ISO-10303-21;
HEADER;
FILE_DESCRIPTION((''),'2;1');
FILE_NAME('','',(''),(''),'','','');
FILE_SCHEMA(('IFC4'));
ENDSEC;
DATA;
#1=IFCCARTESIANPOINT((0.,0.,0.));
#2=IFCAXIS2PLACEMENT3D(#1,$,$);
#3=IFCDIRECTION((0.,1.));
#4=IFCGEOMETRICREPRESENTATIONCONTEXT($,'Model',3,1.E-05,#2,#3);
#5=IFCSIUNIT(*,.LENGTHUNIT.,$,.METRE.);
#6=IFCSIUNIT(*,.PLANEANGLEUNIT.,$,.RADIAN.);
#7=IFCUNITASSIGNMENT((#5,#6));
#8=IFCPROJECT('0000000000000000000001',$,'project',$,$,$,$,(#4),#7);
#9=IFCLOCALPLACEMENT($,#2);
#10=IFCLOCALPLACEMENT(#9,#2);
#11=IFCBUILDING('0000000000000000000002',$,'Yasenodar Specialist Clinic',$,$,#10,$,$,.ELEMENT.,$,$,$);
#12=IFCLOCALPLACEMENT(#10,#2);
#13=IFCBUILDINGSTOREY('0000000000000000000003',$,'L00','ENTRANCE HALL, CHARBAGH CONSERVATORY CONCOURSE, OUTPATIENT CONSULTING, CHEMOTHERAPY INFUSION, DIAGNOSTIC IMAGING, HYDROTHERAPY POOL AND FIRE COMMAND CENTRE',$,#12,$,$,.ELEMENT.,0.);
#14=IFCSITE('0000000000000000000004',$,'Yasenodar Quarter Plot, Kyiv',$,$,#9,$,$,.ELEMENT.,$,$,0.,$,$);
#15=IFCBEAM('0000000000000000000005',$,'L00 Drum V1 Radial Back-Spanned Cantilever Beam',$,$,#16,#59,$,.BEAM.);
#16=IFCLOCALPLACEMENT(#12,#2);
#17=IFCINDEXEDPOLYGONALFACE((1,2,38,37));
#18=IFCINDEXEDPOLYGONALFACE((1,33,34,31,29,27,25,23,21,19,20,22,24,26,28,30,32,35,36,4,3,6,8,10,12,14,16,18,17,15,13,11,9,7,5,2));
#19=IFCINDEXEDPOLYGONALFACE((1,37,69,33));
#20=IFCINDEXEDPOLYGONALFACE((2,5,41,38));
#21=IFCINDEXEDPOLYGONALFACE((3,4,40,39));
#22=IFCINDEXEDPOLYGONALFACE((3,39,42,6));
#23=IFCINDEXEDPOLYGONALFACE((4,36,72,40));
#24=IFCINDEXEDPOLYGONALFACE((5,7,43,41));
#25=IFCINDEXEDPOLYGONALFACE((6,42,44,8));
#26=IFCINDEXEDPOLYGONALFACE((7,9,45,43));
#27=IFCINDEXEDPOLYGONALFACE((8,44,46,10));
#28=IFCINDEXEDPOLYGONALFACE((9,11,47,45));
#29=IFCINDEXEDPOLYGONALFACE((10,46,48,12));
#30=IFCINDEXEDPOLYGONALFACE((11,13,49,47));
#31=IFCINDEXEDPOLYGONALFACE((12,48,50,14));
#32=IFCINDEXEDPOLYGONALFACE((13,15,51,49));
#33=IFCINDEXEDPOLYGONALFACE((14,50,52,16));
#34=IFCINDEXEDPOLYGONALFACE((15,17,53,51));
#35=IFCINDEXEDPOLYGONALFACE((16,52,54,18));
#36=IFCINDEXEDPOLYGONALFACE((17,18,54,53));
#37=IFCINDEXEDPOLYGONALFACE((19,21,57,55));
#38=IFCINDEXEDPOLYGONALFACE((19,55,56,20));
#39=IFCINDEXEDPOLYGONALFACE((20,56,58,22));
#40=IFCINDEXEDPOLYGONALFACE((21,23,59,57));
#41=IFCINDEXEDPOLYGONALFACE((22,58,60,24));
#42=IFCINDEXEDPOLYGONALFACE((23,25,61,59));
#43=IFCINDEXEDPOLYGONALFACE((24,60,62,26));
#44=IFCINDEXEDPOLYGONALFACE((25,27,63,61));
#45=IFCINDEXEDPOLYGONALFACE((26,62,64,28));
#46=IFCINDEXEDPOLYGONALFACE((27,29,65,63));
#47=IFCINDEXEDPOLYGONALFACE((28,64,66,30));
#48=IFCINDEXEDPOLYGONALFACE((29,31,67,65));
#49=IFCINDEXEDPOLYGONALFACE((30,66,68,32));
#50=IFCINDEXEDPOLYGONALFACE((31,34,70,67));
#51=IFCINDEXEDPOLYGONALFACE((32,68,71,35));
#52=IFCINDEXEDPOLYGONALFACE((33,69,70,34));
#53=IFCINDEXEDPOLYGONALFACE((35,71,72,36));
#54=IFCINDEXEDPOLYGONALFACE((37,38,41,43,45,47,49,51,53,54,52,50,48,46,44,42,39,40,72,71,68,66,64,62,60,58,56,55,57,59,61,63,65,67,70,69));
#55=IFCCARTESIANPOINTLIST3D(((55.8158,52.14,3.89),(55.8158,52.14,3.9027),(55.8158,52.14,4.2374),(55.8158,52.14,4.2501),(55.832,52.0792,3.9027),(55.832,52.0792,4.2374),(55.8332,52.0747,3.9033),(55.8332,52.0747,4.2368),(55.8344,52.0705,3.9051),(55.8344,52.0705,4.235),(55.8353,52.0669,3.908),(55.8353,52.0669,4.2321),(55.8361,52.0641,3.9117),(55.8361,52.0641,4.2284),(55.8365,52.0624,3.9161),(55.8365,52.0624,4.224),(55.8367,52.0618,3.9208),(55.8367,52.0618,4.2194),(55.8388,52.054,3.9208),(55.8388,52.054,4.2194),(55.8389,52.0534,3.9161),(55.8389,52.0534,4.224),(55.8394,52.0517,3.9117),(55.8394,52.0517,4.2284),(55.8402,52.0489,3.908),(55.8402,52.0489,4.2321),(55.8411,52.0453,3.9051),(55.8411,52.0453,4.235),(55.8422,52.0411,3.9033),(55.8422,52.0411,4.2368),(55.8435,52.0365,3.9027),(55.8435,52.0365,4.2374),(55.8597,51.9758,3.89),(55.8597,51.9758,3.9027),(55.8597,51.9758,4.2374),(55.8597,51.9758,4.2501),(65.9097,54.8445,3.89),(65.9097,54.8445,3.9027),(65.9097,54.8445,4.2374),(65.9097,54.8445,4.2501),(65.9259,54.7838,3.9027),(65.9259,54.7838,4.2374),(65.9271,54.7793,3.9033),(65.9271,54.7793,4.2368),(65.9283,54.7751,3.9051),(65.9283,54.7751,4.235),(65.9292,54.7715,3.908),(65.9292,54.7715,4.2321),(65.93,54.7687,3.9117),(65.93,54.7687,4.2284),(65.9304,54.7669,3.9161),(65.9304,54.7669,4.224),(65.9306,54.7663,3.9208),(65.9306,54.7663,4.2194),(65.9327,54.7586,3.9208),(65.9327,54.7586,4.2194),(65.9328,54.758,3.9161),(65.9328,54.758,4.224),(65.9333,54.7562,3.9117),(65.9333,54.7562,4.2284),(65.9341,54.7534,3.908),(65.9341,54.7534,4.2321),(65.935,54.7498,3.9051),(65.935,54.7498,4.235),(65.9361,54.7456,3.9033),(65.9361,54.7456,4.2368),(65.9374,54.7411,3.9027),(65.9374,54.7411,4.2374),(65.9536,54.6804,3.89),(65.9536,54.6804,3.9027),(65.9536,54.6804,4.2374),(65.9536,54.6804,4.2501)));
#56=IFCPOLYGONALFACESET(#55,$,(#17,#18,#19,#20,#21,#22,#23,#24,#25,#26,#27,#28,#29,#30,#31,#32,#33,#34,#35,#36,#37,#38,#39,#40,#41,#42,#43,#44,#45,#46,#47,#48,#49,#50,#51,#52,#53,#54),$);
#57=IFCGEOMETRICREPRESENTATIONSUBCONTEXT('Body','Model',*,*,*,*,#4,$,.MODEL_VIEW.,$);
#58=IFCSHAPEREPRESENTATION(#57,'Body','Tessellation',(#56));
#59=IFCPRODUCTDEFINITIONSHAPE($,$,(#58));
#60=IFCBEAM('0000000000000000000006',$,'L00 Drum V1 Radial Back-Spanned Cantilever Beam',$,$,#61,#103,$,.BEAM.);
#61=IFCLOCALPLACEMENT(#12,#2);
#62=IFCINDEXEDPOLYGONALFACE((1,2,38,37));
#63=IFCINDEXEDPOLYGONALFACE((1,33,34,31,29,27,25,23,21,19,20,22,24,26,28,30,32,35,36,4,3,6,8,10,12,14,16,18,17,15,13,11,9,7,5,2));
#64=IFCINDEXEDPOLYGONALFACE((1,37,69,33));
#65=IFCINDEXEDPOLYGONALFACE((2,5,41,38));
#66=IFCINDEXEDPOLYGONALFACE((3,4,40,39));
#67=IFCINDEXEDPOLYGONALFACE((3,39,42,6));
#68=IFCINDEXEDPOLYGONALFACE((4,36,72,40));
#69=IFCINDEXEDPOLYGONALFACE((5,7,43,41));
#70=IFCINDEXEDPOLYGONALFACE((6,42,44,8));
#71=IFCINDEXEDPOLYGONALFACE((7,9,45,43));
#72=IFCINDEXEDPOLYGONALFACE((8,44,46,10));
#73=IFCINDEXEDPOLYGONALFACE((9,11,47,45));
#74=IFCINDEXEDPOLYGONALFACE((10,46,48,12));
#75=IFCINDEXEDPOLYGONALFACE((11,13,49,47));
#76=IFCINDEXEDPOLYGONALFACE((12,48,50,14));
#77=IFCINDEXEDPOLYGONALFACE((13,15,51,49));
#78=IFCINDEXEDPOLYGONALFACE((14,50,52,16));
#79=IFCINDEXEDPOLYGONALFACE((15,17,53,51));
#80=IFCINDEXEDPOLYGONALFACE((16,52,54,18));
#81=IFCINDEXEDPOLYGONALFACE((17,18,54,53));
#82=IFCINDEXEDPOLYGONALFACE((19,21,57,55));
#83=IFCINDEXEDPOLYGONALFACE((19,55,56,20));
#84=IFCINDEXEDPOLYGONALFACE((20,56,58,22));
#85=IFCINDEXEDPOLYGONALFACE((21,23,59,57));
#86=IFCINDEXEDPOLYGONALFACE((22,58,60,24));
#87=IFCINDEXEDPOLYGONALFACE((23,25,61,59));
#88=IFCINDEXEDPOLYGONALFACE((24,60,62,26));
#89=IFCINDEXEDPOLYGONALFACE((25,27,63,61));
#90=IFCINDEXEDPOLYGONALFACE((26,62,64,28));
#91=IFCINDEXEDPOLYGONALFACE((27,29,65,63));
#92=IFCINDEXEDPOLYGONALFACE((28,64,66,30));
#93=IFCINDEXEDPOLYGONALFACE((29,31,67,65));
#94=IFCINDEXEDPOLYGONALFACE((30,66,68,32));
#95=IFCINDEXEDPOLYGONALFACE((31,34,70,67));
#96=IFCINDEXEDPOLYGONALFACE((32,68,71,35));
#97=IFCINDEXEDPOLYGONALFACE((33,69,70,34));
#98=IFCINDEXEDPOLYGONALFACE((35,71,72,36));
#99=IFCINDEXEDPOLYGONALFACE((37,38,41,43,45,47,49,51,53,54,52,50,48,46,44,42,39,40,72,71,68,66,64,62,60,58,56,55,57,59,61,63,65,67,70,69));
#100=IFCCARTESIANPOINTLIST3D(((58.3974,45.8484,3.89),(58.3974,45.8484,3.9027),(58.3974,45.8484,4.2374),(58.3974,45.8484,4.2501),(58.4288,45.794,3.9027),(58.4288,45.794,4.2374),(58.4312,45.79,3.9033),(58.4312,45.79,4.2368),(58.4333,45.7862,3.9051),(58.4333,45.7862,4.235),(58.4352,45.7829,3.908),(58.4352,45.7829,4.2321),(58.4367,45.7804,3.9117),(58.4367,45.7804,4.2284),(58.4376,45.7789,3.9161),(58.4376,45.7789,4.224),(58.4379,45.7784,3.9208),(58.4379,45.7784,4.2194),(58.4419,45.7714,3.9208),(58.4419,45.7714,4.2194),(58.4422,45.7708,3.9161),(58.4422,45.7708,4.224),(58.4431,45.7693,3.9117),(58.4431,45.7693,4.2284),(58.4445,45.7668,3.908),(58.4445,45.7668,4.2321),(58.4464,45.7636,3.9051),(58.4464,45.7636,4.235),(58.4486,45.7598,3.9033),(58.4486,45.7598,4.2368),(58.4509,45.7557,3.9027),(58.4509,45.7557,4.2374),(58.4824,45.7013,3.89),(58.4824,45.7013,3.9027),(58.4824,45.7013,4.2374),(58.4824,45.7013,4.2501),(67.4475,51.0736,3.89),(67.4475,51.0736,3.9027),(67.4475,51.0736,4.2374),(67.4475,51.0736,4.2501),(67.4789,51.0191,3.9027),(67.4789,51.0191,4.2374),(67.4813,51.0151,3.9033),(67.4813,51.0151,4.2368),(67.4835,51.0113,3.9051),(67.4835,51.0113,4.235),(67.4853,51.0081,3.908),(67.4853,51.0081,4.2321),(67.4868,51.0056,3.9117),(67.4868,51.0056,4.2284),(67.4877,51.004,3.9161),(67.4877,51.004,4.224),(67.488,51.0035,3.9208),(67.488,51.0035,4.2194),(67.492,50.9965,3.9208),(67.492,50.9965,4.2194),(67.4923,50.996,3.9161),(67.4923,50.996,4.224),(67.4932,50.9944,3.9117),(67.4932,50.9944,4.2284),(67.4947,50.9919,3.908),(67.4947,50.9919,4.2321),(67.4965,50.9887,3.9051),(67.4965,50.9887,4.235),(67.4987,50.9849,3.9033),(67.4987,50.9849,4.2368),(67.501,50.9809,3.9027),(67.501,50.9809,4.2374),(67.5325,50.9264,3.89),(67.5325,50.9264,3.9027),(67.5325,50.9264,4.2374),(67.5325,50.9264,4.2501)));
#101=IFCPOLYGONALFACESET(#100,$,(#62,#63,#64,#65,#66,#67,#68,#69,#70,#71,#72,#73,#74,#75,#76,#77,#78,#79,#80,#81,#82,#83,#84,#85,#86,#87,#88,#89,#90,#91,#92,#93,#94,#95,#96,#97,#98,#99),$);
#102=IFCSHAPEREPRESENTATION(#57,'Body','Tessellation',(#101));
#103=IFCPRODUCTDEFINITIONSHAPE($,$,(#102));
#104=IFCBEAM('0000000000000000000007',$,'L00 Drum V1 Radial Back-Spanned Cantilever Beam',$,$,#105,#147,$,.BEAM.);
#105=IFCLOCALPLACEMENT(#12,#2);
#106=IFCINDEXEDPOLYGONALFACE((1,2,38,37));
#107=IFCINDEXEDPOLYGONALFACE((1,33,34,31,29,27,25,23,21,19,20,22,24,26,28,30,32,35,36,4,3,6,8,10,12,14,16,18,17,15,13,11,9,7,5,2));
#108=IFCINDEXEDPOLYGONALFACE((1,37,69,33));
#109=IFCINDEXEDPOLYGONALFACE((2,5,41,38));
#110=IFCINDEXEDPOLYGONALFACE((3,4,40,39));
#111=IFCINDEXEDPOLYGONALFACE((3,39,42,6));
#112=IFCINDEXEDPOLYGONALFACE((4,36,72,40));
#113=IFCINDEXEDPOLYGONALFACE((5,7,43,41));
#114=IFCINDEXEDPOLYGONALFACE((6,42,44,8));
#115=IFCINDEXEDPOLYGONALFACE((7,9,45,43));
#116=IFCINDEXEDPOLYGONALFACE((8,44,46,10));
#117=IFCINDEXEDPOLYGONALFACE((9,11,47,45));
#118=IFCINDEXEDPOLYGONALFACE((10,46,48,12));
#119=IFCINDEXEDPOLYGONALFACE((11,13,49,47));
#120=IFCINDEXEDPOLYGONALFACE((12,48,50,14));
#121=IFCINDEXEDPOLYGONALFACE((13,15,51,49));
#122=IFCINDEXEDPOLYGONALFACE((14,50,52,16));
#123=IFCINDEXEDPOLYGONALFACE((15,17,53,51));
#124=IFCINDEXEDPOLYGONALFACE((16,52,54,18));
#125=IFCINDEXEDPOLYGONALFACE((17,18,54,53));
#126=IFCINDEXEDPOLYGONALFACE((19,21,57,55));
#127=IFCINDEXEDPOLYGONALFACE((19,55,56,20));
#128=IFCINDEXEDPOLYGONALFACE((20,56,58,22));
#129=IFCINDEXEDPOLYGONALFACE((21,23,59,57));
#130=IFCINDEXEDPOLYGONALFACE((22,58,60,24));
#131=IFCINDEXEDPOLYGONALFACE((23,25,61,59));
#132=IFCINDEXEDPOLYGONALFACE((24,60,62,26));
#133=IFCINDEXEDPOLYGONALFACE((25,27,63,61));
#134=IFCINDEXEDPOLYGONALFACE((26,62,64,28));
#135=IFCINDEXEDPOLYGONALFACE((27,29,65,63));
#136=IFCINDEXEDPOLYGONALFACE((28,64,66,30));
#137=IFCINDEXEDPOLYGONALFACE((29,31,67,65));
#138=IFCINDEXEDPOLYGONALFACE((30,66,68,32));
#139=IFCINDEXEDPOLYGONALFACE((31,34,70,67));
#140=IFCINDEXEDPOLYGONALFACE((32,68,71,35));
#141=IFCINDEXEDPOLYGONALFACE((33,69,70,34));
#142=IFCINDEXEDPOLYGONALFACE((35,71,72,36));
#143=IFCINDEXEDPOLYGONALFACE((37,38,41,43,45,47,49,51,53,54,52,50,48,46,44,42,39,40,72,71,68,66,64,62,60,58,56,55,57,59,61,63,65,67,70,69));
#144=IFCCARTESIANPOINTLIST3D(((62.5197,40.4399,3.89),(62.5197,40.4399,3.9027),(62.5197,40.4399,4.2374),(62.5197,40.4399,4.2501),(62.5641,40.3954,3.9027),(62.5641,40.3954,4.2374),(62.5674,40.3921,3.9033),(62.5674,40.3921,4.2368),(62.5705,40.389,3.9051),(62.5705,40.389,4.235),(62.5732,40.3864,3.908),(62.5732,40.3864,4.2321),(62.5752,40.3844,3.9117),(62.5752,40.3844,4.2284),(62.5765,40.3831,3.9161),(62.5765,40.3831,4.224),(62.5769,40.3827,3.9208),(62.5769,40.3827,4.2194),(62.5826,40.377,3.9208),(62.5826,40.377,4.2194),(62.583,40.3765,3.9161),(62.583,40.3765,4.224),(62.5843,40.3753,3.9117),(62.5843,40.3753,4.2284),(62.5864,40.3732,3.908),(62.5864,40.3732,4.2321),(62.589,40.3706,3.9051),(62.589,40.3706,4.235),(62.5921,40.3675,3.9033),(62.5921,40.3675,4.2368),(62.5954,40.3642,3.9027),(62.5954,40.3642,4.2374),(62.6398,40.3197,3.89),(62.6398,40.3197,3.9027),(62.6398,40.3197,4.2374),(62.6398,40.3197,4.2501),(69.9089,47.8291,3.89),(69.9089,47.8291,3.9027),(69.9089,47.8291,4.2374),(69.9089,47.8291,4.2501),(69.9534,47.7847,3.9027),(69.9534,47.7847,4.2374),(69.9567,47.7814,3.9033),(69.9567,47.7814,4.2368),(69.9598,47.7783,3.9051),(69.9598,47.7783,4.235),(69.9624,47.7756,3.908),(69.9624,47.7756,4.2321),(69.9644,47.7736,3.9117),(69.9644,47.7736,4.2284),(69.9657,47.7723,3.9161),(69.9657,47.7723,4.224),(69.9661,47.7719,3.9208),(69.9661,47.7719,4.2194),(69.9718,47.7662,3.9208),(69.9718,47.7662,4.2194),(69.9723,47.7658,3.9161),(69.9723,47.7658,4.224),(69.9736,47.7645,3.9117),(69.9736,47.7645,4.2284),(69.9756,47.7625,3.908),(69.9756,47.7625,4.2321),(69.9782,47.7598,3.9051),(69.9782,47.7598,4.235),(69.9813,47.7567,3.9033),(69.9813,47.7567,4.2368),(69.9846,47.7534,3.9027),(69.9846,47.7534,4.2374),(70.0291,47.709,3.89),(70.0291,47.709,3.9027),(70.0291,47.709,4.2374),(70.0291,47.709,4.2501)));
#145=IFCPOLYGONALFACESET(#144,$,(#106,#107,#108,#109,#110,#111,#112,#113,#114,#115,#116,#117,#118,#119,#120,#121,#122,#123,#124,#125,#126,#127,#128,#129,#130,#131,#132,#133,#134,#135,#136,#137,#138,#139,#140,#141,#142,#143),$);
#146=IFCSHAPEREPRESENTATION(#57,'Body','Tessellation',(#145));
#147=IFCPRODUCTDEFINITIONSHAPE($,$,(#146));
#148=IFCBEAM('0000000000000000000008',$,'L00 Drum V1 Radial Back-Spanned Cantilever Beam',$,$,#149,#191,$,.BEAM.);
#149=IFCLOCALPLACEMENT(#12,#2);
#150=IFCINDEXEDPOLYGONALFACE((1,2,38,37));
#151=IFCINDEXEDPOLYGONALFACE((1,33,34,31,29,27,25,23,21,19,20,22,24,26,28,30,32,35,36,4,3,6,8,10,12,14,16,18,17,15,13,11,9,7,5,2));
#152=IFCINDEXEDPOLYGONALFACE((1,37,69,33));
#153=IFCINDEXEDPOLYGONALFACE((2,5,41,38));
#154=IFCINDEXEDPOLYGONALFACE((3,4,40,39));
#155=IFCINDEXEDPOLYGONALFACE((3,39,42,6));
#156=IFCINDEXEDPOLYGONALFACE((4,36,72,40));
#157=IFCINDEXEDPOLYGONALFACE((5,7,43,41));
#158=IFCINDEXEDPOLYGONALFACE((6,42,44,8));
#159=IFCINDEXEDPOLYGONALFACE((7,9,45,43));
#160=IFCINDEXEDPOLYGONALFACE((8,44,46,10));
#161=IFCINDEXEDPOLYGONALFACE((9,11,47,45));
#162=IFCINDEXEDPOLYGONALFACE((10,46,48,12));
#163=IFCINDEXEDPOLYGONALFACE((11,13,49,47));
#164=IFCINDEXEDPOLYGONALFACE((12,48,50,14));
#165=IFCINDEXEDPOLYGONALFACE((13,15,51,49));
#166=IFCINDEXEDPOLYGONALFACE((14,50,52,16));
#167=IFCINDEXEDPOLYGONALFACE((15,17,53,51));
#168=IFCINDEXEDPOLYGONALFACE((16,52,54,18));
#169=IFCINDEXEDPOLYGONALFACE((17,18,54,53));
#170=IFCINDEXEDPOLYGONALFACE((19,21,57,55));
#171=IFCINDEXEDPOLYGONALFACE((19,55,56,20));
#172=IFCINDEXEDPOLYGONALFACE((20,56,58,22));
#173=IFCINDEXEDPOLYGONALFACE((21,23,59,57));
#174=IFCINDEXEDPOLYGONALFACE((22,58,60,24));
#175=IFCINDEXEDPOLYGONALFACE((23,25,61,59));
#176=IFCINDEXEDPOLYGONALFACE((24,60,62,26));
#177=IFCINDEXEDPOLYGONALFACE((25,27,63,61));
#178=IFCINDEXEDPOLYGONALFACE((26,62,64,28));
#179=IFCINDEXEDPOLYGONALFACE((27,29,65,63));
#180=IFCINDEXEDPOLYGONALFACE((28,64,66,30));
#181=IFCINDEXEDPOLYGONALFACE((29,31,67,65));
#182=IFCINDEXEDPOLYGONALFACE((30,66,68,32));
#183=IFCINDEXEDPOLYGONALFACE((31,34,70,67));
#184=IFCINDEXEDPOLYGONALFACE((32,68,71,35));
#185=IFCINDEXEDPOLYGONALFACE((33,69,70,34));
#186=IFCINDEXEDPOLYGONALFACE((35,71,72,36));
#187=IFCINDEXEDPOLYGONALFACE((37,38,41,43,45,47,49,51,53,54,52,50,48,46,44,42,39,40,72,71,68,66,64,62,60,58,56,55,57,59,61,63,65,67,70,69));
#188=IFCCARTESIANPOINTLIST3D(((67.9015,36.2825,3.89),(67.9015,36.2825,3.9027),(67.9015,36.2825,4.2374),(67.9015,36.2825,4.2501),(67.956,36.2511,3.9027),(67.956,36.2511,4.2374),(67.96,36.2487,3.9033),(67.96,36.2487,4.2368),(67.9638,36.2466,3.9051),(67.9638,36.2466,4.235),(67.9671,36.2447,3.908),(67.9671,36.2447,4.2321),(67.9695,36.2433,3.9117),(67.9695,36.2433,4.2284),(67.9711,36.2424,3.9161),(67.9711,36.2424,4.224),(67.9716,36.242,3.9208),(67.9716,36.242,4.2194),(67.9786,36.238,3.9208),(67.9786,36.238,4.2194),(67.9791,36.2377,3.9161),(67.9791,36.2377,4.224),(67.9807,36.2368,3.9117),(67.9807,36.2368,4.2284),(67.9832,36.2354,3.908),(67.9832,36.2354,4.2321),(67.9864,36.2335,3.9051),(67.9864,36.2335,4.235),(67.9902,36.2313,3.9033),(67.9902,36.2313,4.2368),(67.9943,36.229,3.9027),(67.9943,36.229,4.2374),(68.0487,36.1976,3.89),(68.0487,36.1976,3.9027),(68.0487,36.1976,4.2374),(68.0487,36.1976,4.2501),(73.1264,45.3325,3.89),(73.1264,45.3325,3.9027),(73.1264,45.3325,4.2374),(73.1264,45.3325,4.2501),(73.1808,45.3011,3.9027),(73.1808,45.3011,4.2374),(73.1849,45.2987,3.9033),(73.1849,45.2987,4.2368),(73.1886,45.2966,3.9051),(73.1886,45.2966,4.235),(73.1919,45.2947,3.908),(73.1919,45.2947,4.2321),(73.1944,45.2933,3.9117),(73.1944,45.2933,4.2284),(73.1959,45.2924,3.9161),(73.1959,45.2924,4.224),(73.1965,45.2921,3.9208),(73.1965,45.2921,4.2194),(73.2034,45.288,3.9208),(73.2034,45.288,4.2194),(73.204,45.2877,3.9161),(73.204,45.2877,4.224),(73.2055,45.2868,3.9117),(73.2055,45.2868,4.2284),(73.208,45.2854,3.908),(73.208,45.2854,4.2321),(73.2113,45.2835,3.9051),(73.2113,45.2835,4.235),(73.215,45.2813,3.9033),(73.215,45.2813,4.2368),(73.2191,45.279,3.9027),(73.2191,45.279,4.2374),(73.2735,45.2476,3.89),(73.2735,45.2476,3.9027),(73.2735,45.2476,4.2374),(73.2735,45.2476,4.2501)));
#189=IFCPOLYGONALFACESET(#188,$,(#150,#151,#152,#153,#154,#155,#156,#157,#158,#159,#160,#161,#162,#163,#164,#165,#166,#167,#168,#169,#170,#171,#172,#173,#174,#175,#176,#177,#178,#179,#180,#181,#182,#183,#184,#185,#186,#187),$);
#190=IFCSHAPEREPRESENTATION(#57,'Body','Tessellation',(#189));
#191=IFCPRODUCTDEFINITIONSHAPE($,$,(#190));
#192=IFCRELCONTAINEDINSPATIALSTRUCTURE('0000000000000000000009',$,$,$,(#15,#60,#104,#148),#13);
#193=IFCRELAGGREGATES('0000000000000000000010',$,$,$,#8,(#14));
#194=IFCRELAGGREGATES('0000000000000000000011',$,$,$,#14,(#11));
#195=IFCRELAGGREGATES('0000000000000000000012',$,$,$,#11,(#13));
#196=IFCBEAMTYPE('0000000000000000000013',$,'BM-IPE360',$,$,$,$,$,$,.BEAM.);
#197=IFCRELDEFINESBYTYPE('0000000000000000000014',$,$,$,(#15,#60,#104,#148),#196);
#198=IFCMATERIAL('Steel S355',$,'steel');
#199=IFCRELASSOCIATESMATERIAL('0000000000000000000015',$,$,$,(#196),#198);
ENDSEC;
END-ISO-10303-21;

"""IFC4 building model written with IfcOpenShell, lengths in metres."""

from ifc_helpers import new_model, si_unit, direction, frame, origin, origin_2d, place, context, subcontext, project, spatial, i_section, extrude, material, material_profile, profile_set, type_object, element, save


model = new_model("IFC4")

# Units and contexts
model_context = context("Model", 3, precision=1e-05, world=origin(), true_north=direction((0.0, 1.0)))
body_context = subcontext(model_context, "Body", "Model", "MODEL_VIEW")
ifc_project = project(units=[si_unit("LENGTHUNIT", "METRE"), si_unit("PLANEANGLEUNIT", "RADIAN")], contexts=[model_context])

# Site, building, storey
site_placement = place(None, origin())
site = spatial("IfcSite", under=ifc_project, at=site_placement, Name="Yasenodar Quarter Plot, Kyiv", CompositionType="ELEMENT", RefElevation=0.0)
building_placement = place(site_placement, origin())
building = spatial("IfcBuilding", under=site, at=building_placement, Name="Yasenodar Specialist Clinic", CompositionType="ELEMENT")
storey_placement = place(building_placement, origin())
storey = spatial("IfcBuildingStorey", under=building, at=storey_placement, Name="L00", Description="ENTRANCE HALL, CHARBAGH CONSERVATORY CONCOURSE, OUTPATIENT CONSULTING, CHEMOTHERAPY INFUSION, DIAGNOSTIC IMAGING, HYDROTHERAPY POOL AND FIRE COMMAND CENTRE", CompositionType="ELEMENT", Elevation=0.0)

# Shared definitions
ifc_material_1 = material(Name="Steel S355", Category="steel")

# Beams
ifc_material_profile_1 = material_profile(ifc_material_1, i_section(OverallWidth=0.1699, OverallDepth=0.3601, WebThickness=0.0081, FlangeThickness=0.0127, FilletRadius=0.0181, at=origin_2d()), Name="IPE 360")
ifc_profile_set_1 = profile_set([ifc_material_profile_1], Name="Steel S355")
beam_type_1 = type_object("IfcBeamType", Name="BM-IPE360", PredefinedType="BEAM", material=ifc_profile_set_1)
beam_1_placement = place(storey_placement, frame((65.9316, 54.7625, 4.0701), z_axis=(-0.965928, -0.258811, 0.0), x_axis=(0.258811, -0.965928, 0.0)))
element("IfcBeam", 1, at=beam_1_placement, inside=storey, type_object=beam_type_1, Name="L00 Drum V1 Radial Back-Spanned Cantilever Beam", PredefinedType="BEAM", context=body_context, shape_type="SweptSolid", body=[
    extrude(i_section(OverallWidth=0.1699, OverallDepth=0.3601, WebThickness=0.0081, FlangeThickness=0.0127, FilletRadius=0.0181, at=origin_2d()), origin(), (0.0, 0.0, 1.0), 10.45),
])
beam_2_placement = place(storey_placement, frame((67.49, 51.0, 4.0701), z_axis=(-0.866023, -0.500004, 0.0), x_axis=(0.500004, -0.866023, 0.0)))
element("IfcBeam", 2, at=beam_2_placement, inside=storey, type_object=beam_type_1, Name="L00 Drum V1 Radial Back-Spanned Cantilever Beam", PredefinedType="BEAM", context=body_context, shape_type="SweptSolid", body=[
    extrude(i_section(OverallWidth=0.1699, OverallDepth=0.3601, WebThickness=0.0081, FlangeThickness=0.0127, FilletRadius=0.0181, at=origin_2d()), origin(), (0.0, 0.0, 1.0), 10.4502),
])
for number, where, z_axis, x_axis, name in (
    (3, (69.969, 47.769, 4.0701), (-0.707107, -0.707107, 0.0), (0.707107, -0.707107, 0.0), "L00 Drum V1 Radial Back-Spanned Cantilever Beam"),
    (4, (73.2, 45.29, 4.0701), (-0.499986, -0.866033, 0.0), (0.866033, -0.499986, 0.0), "L00 Drum V1 Radial Back-Spanned Cantilever Beam"),
):
    element("IfcBeam", number, at=place(storey_placement, frame(where, z_axis=z_axis, x_axis=x_axis)), inside=storey, type_object=beam_type_1, Name=name, PredefinedType="BEAM", context=body_context, shape_type="SweptSolid", body=[
        extrude(i_section(OverallWidth=0.1699, OverallDepth=0.3601, WebThickness=0.0081, FlangeThickness=0.0127, FilletRadius=0.0181, at=origin_2d()), origin(), (0.0, 0.0, 1.0), 10.45),
    ])

save(model, "model.ifc")
